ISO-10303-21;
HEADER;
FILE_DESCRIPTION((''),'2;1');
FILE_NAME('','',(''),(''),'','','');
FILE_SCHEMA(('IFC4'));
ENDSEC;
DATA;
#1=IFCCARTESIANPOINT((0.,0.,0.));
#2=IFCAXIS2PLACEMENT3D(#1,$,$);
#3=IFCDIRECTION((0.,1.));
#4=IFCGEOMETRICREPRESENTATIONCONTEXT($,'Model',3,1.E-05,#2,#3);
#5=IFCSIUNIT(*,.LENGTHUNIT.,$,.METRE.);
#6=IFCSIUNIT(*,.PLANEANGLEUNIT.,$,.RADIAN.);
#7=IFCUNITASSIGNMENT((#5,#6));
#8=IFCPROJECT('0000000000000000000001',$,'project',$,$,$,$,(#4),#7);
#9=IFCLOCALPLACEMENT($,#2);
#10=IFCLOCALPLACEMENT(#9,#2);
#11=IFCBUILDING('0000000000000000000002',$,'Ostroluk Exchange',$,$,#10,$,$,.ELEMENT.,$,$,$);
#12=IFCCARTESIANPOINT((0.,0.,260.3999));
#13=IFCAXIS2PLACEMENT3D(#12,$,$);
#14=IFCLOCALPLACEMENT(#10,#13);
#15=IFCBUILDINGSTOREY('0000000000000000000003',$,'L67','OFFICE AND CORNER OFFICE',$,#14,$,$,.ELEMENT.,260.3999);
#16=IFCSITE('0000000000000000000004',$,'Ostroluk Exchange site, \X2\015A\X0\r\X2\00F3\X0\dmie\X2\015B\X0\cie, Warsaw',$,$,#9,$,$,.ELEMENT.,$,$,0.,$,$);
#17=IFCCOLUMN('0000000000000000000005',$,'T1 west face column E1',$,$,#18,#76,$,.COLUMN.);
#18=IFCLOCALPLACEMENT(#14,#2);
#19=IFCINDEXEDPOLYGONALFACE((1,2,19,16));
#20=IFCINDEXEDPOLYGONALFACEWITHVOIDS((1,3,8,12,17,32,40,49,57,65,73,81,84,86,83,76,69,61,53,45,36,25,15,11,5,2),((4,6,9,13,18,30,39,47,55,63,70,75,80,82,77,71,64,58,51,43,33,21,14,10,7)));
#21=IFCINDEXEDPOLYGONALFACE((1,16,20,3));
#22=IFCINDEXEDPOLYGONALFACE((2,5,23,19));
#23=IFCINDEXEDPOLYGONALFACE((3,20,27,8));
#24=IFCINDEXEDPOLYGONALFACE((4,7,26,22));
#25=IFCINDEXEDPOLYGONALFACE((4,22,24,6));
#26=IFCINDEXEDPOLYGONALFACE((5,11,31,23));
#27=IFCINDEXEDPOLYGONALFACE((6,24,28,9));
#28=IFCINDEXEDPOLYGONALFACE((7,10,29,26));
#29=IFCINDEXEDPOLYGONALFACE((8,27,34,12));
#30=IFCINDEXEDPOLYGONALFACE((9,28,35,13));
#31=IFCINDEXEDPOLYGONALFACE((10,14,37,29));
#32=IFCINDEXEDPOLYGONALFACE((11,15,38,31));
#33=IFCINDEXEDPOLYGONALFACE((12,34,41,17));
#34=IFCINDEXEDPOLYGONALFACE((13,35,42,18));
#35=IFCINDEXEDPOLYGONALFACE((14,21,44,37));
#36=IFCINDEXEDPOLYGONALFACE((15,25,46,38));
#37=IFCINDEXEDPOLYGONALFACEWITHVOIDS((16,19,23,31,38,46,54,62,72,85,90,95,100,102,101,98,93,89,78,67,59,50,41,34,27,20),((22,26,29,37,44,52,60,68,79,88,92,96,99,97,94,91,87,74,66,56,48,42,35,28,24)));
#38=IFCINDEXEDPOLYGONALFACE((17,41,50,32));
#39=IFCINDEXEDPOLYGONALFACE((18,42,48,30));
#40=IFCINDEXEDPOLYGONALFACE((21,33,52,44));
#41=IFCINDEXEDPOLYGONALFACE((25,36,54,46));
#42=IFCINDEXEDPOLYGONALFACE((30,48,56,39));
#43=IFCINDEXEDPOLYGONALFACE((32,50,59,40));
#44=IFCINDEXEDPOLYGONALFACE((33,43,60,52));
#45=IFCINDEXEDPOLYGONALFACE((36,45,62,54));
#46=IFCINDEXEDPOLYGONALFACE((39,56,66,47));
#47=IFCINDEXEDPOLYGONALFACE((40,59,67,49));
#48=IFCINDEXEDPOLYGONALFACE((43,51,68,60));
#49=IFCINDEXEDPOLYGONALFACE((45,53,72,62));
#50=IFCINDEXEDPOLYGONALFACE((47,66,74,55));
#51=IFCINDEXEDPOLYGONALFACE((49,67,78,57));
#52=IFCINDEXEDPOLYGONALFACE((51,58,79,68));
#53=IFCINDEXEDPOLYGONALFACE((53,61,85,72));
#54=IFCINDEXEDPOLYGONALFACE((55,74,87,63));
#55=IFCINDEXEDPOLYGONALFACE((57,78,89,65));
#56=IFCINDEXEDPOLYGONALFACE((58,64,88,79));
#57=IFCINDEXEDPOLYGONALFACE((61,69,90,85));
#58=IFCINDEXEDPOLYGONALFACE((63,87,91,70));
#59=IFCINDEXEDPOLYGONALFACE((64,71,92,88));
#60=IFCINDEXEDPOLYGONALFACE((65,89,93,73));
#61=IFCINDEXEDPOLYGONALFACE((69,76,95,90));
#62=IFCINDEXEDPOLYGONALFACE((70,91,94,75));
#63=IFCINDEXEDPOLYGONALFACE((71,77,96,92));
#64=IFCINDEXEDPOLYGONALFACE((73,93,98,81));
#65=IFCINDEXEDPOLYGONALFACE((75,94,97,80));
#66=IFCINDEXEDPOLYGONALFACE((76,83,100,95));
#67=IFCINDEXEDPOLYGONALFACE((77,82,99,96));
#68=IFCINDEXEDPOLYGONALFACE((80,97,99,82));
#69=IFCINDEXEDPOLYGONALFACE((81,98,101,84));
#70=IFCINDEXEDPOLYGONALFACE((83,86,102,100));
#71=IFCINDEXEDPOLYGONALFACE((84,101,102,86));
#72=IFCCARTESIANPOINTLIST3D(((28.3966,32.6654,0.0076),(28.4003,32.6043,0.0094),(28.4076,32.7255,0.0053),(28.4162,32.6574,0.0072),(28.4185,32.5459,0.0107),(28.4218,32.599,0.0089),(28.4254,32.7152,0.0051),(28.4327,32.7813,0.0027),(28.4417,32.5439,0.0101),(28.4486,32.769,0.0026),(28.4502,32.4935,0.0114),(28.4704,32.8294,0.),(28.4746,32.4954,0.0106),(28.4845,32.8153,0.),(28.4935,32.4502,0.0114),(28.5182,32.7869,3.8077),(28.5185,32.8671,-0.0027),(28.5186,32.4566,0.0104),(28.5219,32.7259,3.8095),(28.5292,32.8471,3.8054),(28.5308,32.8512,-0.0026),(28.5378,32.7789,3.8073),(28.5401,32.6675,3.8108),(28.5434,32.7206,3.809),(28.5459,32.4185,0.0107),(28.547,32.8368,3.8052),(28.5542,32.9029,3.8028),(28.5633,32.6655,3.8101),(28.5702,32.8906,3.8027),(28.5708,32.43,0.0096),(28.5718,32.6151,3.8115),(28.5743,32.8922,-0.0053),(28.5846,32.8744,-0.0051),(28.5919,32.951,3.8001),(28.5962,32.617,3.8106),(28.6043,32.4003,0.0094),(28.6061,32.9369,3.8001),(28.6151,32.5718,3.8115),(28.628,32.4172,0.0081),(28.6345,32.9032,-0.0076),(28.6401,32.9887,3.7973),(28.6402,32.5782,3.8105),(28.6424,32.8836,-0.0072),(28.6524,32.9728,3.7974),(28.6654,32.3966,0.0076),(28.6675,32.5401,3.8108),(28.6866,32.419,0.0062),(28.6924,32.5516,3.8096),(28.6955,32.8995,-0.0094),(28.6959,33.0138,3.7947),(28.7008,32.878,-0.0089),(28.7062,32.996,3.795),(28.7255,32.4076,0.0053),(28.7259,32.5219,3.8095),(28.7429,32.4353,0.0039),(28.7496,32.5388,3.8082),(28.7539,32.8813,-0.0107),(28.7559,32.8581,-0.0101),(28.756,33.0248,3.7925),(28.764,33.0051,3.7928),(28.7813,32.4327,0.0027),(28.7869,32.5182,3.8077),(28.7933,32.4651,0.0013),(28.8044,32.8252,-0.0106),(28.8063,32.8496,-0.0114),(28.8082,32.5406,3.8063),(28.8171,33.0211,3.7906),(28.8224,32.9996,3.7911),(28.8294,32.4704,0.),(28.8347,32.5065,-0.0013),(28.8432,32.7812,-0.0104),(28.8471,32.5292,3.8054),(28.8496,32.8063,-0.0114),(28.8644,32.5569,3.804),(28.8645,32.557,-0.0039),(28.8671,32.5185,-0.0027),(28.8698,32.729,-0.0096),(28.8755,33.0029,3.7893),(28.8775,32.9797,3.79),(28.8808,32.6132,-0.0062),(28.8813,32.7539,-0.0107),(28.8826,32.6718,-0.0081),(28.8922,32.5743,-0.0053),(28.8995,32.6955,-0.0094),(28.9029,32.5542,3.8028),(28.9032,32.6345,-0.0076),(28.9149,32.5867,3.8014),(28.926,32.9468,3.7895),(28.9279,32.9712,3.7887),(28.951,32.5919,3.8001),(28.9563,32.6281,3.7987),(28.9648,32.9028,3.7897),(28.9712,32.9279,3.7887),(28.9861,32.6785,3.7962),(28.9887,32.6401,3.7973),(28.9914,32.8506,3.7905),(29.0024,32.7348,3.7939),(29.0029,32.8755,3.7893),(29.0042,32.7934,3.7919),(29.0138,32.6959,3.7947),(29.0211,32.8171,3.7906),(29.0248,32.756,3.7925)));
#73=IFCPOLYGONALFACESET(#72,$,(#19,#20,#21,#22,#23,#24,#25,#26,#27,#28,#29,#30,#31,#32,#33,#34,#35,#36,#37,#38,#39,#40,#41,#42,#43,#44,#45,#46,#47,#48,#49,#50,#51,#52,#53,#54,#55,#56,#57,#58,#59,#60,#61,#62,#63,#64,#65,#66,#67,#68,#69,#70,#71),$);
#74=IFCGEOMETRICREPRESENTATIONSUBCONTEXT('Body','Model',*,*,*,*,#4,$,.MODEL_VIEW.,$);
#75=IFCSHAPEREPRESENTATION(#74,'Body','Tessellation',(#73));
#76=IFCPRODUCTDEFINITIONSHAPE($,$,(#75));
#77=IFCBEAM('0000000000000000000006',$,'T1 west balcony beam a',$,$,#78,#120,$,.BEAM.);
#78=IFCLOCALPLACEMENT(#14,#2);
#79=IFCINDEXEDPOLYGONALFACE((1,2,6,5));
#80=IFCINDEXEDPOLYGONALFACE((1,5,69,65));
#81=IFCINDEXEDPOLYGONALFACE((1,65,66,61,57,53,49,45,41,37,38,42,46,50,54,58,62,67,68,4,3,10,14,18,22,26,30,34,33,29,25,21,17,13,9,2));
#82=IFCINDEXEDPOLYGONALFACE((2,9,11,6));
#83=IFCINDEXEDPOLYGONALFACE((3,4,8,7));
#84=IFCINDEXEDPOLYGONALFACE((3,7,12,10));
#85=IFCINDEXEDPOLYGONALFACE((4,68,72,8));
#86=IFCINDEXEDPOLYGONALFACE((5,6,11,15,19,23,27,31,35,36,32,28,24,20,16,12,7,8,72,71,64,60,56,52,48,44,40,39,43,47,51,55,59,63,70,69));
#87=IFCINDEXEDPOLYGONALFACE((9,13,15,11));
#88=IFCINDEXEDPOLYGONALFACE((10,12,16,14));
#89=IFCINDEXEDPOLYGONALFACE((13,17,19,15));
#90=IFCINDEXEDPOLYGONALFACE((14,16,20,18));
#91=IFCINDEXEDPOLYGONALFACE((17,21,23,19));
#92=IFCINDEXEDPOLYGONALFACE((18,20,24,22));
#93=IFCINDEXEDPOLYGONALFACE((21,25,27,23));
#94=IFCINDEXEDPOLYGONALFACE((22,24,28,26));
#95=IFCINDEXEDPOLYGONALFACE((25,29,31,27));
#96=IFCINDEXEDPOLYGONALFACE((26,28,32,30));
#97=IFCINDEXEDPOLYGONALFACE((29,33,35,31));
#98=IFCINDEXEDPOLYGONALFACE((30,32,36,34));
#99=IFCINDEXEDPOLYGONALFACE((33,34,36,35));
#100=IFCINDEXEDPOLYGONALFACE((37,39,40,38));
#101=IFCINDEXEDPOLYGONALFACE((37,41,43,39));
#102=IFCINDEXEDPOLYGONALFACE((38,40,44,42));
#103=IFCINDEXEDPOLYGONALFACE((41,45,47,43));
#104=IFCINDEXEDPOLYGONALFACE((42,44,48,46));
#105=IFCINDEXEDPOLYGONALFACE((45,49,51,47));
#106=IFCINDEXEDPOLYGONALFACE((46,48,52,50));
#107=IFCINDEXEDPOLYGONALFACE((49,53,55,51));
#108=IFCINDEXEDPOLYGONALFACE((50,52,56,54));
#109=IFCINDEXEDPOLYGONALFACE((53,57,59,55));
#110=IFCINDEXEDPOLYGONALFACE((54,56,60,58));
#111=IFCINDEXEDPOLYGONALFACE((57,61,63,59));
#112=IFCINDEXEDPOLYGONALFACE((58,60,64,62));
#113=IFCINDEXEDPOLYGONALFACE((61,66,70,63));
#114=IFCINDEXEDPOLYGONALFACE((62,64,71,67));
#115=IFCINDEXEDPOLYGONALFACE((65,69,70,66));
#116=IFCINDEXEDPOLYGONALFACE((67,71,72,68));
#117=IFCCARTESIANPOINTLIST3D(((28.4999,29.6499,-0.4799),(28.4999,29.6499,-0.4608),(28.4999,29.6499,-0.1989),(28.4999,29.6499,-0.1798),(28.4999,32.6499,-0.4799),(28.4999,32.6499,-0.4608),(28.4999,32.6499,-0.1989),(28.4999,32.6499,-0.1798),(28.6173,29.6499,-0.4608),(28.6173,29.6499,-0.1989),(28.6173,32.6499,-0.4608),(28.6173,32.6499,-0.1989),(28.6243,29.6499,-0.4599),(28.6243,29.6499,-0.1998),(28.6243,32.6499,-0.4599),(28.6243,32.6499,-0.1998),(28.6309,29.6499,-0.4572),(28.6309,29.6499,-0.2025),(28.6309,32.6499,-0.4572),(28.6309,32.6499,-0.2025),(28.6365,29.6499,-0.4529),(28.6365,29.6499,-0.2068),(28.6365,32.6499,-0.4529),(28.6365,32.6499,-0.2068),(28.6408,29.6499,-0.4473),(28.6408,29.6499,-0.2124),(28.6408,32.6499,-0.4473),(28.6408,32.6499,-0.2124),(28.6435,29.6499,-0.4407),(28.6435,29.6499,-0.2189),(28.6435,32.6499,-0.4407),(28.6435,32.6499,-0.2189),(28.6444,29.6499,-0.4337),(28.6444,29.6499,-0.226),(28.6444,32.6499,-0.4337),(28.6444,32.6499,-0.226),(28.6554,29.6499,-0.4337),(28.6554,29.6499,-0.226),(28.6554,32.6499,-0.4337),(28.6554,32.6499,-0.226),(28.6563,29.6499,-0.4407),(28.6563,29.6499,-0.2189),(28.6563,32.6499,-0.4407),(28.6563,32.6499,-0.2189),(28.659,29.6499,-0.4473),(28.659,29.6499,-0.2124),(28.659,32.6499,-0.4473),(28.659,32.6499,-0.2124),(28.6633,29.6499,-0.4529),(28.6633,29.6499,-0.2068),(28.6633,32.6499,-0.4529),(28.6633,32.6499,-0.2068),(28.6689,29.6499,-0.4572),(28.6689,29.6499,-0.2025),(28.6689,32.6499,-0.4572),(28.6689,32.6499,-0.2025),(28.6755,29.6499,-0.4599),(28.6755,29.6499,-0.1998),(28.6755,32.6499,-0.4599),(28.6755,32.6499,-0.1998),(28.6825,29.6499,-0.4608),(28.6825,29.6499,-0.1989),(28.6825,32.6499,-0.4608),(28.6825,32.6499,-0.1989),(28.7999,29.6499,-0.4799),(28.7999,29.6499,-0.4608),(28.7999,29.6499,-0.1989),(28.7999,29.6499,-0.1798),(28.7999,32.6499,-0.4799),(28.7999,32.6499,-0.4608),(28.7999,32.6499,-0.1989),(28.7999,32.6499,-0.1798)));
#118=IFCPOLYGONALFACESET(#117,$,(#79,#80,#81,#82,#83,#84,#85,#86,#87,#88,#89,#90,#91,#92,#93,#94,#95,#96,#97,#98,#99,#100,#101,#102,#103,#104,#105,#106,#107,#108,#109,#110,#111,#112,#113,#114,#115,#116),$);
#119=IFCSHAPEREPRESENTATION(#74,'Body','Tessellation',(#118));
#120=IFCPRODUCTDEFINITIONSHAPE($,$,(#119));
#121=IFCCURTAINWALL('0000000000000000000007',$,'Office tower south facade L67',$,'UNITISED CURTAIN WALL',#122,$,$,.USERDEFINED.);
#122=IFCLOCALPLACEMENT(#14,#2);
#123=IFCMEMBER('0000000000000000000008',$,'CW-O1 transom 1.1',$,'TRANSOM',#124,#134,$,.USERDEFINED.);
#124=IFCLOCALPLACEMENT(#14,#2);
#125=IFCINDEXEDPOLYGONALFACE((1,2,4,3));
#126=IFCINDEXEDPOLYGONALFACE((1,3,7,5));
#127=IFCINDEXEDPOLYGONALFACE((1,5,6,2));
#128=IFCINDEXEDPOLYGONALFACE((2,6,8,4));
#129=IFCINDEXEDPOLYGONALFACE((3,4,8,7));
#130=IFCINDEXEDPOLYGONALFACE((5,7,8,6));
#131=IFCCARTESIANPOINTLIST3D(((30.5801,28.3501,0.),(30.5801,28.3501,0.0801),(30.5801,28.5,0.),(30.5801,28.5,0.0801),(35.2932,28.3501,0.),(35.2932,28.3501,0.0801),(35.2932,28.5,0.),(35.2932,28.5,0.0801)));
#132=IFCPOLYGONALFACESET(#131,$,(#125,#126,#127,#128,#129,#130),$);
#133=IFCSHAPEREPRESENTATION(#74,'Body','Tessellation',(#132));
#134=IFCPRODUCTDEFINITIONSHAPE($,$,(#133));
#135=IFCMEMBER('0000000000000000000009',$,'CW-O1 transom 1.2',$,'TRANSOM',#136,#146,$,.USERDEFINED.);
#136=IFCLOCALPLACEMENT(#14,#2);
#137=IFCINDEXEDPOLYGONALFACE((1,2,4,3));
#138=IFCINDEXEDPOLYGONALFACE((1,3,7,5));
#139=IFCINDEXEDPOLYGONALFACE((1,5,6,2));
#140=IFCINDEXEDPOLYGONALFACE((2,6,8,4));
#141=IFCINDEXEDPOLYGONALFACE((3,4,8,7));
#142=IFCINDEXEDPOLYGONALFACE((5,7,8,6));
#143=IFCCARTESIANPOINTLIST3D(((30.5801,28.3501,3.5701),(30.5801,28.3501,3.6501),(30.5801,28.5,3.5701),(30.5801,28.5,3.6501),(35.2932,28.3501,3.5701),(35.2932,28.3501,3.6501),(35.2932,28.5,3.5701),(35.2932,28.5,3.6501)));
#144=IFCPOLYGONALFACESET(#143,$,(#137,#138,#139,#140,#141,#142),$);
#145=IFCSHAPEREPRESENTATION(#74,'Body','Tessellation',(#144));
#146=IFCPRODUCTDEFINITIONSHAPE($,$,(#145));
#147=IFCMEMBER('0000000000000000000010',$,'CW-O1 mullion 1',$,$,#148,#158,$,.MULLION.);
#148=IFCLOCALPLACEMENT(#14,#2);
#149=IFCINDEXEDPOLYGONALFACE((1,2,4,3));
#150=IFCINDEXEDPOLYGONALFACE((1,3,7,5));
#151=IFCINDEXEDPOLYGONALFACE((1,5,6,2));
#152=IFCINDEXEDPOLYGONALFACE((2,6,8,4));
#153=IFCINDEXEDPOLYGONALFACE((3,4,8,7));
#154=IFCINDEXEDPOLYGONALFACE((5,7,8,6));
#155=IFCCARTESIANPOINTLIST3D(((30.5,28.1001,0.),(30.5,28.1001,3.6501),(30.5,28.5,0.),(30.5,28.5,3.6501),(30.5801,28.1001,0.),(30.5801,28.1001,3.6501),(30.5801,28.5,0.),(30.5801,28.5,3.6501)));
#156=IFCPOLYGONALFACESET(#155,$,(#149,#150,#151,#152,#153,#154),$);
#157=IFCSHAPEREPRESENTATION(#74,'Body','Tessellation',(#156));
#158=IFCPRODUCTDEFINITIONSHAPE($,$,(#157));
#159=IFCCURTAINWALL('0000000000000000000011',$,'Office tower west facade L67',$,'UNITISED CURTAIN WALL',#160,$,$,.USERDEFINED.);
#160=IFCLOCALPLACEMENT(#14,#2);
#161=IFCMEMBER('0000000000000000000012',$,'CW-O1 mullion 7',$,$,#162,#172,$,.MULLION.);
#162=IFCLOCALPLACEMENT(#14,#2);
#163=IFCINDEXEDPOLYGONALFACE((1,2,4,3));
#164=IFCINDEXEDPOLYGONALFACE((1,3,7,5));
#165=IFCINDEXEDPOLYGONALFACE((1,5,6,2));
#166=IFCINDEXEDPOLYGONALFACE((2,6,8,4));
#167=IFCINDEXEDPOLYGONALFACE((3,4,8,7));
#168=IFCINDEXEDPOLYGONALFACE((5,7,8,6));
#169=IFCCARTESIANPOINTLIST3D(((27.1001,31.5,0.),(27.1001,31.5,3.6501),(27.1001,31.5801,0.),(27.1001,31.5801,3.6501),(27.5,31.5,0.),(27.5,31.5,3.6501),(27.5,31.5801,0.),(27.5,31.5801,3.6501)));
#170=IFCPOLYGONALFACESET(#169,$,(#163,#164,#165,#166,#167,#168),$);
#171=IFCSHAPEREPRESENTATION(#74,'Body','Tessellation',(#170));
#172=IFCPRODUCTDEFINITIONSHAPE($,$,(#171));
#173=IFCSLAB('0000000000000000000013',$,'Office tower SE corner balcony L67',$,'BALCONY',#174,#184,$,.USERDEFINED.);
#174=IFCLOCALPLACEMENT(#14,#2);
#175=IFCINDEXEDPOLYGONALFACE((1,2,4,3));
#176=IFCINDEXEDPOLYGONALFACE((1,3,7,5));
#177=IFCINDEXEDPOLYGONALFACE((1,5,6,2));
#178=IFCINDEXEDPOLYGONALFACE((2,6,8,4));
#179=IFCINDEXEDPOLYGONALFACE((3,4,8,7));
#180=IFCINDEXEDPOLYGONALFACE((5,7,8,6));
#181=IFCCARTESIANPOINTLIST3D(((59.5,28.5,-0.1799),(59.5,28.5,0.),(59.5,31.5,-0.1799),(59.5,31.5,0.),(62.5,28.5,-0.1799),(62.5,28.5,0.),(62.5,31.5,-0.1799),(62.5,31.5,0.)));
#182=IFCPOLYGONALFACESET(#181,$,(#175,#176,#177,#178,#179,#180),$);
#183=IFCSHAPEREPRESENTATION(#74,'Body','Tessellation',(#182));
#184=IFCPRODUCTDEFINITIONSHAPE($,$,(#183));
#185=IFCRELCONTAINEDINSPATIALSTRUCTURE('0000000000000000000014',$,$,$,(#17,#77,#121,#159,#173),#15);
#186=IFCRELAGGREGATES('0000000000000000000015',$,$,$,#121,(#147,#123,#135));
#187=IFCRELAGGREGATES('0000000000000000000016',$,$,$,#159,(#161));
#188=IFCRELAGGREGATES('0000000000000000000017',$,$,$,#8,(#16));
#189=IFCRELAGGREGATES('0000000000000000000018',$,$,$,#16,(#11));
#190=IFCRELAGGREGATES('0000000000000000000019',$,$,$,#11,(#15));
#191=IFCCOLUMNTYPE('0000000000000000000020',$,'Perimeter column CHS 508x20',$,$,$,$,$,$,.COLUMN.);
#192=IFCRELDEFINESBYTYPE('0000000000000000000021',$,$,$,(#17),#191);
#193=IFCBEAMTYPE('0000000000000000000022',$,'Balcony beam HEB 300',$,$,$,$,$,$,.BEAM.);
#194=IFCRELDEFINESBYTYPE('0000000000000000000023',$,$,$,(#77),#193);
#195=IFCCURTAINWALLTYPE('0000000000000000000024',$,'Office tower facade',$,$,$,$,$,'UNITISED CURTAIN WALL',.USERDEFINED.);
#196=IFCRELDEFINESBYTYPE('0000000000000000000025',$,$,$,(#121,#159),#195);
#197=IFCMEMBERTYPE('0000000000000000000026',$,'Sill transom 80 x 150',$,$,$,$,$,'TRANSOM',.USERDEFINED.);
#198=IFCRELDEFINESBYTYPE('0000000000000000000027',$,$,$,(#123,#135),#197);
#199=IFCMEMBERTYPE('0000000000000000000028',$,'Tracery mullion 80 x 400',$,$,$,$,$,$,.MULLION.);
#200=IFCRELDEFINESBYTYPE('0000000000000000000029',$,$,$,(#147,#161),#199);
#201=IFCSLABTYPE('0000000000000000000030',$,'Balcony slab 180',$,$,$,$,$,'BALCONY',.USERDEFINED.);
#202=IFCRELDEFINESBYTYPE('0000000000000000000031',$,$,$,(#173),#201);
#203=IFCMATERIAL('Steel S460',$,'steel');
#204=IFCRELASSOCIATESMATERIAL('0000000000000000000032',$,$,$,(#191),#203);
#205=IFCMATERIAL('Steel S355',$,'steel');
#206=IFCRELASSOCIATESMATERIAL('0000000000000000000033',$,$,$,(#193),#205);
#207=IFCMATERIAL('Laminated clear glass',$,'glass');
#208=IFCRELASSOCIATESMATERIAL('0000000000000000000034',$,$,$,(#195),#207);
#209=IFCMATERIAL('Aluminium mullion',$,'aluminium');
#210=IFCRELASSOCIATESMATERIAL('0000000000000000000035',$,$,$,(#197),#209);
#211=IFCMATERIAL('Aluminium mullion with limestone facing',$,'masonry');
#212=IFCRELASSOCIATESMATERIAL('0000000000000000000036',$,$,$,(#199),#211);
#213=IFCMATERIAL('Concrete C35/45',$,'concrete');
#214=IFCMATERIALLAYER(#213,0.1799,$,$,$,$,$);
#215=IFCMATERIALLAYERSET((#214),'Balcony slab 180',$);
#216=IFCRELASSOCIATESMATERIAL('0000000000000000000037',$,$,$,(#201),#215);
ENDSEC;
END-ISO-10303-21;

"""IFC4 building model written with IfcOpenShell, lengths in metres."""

from ifc_helpers import new_model, si_unit, direction, frame, origin, origin_2d, place, context, subcontext, project, spatial, polyline, rectangle, hollow_circle, i_section, outline, extrude, material, layer, layer_set, material_profile, profile_set, type_object, element, aggregate, save


model = new_model("IFC4")

# Units and contexts
model_context = context("Model", 3, precision=1e-05, world=origin(), true_north=direction((0.0, 1.0)))
body_context = subcontext(model_context, "Body", "Model", "MODEL_VIEW")
ifc_project = project(units=[si_unit("LENGTHUNIT", "METRE"), si_unit("PLANEANGLEUNIT", "RADIAN")], contexts=[model_context])

# Site, building, storey
site_placement = place(None, origin())
site = spatial("IfcSite", under=ifc_project, at=site_placement, Name="Ostroluk Exchange site, Śródmieście, Warsaw", CompositionType="ELEMENT", RefElevation=0.0)
building_placement = place(site_placement, origin())
building = spatial("IfcBuilding", under=site, at=building_placement, Name="Ostroluk Exchange", CompositionType="ELEMENT")
storey_placement = place(building_placement, frame((0.0, 0.0, 260.3999)))
storey = spatial("IfcBuildingStorey", under=building, at=storey_placement, Name="L67", Description="OFFICE AND CORNER OFFICE", CompositionType="ELEMENT", Elevation=260.3999)

# Column
ifc_material_1 = material(Name="Steel S460", Category="steel")
ifc_material_profile_1 = material_profile(ifc_material_1, hollow_circle(Radius=0.2539, WallThickness=0.02, at=origin_2d()), Name="CHS 508x20")
ifc_profile_set_1 = profile_set([ifc_material_profile_1], Name="Steel S460")
column_type = type_object("IfcColumnType", Name="Perimeter column CHS 508x20", PredefinedType="COLUMN", material=ifc_profile_set_1)
column_placement = place(storey_placement, frame((28.6499, 32.6499, 0.0), z_axis=(0.031962, 0.031962, 0.998978), x_axis=(-0.707107, 0.707107, 0.0)))
element("IfcColumn", 1, at=column_placement, inside=storey, type_object=column_type, Name="T1 west face column E1", PredefinedType="COLUMN", context=body_context, shape_type="SweptSolid", body=[
    extrude(hollow_circle(Radius=0.2539, WallThickness=0.02, at=origin_2d()), origin(), (0.0, 0.0, 1.0), 3.804),
])

# Beam
ifc_material_2 = material(Name="Steel S355", Category="steel")
ifc_material_profile_2 = material_profile(ifc_material_2, i_section(OverallWidth=0.3, OverallDepth=0.3, WebThickness=0.011, FlangeThickness=0.019, FilletRadius=0.0271, at=origin_2d()), Name="HEB 300")
ifc_profile_set_2 = profile_set([ifc_material_profile_2], Name="Steel S355")
beam_type = type_object("IfcBeamType", Name="Balcony beam HEB 300", PredefinedType="BEAM", material=ifc_profile_set_2)
beam_placement = place(storey_placement, frame((28.6499, 32.6499, -0.3298), z_axis=(0.0, -1.0, 0.0), x_axis=(1.0, 0.0, 0.0)))
element("IfcBeam", 2, at=beam_placement, inside=storey, type_object=beam_type, Name="T1 west balcony beam a", PredefinedType="BEAM", context=body_context, shape_type="SweptSolid", body=[
    extrude(i_section(OverallWidth=0.3, OverallDepth=0.3, WebThickness=0.011, FlangeThickness=0.019, FilletRadius=0.0271, at=origin_2d()), origin(), (0.0, 0.0, 1.0), 3.0),
])

# Curtain wall, members
ifc_material_3 = material(Name="Laminated clear glass", Category="glass")
curtain_wall_type = type_object("IfcCurtainWallType", Name="Office tower facade", ElementType="UNITISED CURTAIN WALL", PredefinedType="USERDEFINED", material=ifc_material_3)
curtain_wall_1_placement = place(storey_placement, origin())
curtain_wall_1 = element("IfcCurtainWall", 3, at=curtain_wall_1_placement, inside=storey, type_object=curtain_wall_type, Name="Office tower south facade L67", ObjectType="UNITISED CURTAIN WALL", PredefinedType="USERDEFINED")
ifc_material_4 = material(Name="Aluminium mullion", Category="aluminium")
ifc_material_profile_3 = material_profile(ifc_material_4, rectangle(XDim=0.1499, YDim=0.0801, at=origin_2d()), Name="Sill transom 80 x 150")
ifc_profile_set_3 = profile_set([ifc_material_profile_3], Name="Aluminium mullion")
member_type_1 = type_object("IfcMemberType", Name="Sill transom 80 x 150", ElementType="TRANSOM", PredefinedType="USERDEFINED", material=ifc_profile_set_3)
member_1_placement = place(storey_placement, frame((30.5801, 28.425, 0.04), z_axis=(1.0, 0.0, 0.0), x_axis=(0.0, 1.0, 0.0)))
member_1 = element("IfcMember", 4, at=member_1_placement, type_object=member_type_1, Name="CW-O1 transom 1.1", ObjectType="TRANSOM", PredefinedType="USERDEFINED", context=body_context, shape_type="SweptSolid", body=[
    extrude(rectangle(XDim=0.1499, YDim=0.0801, at=origin_2d()), origin(), (0.0, 0.0, 1.0), 4.7131),
])
member_2_placement = place(storey_placement, frame((30.5801, 28.425, 3.6101), z_axis=(1.0, 0.0, 0.0), x_axis=(0.0, 1.0, 0.0)))
member_2 = element("IfcMember", 5, at=member_2_placement, type_object=member_type_1, Name="CW-O1 transom 1.2", ObjectType="TRANSOM", PredefinedType="USERDEFINED", context=body_context, shape_type="SweptSolid", body=[
    extrude(rectangle(XDim=0.1499, YDim=0.0801, at=origin_2d()), origin(), (0.0, 0.0, 1.0), 4.7131),
])
ifc_material_5 = material(Name="Aluminium mullion with limestone facing", Category="masonry")
ifc_material_profile_4 = material_profile(ifc_material_5, rectangle(XDim=0.3999, YDim=0.0801, at=origin_2d()), Name="Tracery mullion 80 x 400")
ifc_profile_set_4 = profile_set([ifc_material_profile_4], Name="Aluminium mullion with limestone facing")
member_type_2 = type_object("IfcMemberType", Name="Tracery mullion 80 x 400", PredefinedType="MULLION", material=ifc_profile_set_4)
member_3_placement = place(storey_placement, frame((30.54, 28.3, 0.0), z_axis=(0.0, 0.0, 1.0), x_axis=(0.0, 1.0, 0.0)))
member_3 = element("IfcMember", 6, at=member_3_placement, type_object=member_type_2, Name="CW-O1 mullion 1", PredefinedType="MULLION", context=body_context, shape_type="SweptSolid", body=[
    extrude(rectangle(XDim=0.3999, YDim=0.0801, at=origin_2d()), origin(), (0.0, 0.0, 1.0), 3.6501),
])
aggregate(curtain_wall_1, [member_3, member_1, member_2])

# Curtain wall, member
curtain_wall_2_placement = place(storey_placement, origin())
curtain_wall_2 = element("IfcCurtainWall", 7, at=curtain_wall_2_placement, inside=storey, type_object=curtain_wall_type, Name="Office tower west facade L67", ObjectType="UNITISED CURTAIN WALL", PredefinedType="USERDEFINED")
member_4_placement = place(storey_placement, frame((27.3, 31.54, 0.0), z_axis=(0.0, 0.0, 1.0), x_axis=(1.0, 0.0, 0.0)))
member_4 = element("IfcMember", 8, at=member_4_placement, type_object=member_type_2, Name="CW-O1 mullion 7", PredefinedType="MULLION", context=body_context, shape_type="SweptSolid", body=[
    extrude(rectangle(XDim=0.3999, YDim=0.0801, at=origin_2d()), origin(), (0.0, 0.0, 1.0), 3.6501),
])
aggregate(curtain_wall_2, [member_4])

# Slab
ifc_material_6 = material(Name="Concrete C35/45", Category="concrete")
ifc_layer_1 = layer(ifc_material_6, 0.1799)
ifc_layer_set_1 = layer_set([ifc_layer_1], Name="Balcony slab 180")
slab_type_1 = type_object("IfcSlabType", Name="Balcony slab 180", ElementType="BALCONY", PredefinedType="USERDEFINED", material=ifc_layer_set_1)
slab_1_placement = place(storey_placement, frame((0.0, 0.0, -0.1799)))
element("IfcSlab", 9, at=slab_1_placement, inside=storey, type_object=slab_type_1, Name="Office tower SE corner balcony L67", ObjectType="BALCONY", PredefinedType="USERDEFINED", context=body_context, shape_type="SweptSolid", body=[
    extrude(outline(polyline([(59.5, 28.5), (62.5, 28.5), (62.5, 31.5), (59.5, 31.5), (59.5, 28.5)])), origin(), (0.0, 0.0, 1.0), 0.1799),
])

save(model, "model.ifc")
